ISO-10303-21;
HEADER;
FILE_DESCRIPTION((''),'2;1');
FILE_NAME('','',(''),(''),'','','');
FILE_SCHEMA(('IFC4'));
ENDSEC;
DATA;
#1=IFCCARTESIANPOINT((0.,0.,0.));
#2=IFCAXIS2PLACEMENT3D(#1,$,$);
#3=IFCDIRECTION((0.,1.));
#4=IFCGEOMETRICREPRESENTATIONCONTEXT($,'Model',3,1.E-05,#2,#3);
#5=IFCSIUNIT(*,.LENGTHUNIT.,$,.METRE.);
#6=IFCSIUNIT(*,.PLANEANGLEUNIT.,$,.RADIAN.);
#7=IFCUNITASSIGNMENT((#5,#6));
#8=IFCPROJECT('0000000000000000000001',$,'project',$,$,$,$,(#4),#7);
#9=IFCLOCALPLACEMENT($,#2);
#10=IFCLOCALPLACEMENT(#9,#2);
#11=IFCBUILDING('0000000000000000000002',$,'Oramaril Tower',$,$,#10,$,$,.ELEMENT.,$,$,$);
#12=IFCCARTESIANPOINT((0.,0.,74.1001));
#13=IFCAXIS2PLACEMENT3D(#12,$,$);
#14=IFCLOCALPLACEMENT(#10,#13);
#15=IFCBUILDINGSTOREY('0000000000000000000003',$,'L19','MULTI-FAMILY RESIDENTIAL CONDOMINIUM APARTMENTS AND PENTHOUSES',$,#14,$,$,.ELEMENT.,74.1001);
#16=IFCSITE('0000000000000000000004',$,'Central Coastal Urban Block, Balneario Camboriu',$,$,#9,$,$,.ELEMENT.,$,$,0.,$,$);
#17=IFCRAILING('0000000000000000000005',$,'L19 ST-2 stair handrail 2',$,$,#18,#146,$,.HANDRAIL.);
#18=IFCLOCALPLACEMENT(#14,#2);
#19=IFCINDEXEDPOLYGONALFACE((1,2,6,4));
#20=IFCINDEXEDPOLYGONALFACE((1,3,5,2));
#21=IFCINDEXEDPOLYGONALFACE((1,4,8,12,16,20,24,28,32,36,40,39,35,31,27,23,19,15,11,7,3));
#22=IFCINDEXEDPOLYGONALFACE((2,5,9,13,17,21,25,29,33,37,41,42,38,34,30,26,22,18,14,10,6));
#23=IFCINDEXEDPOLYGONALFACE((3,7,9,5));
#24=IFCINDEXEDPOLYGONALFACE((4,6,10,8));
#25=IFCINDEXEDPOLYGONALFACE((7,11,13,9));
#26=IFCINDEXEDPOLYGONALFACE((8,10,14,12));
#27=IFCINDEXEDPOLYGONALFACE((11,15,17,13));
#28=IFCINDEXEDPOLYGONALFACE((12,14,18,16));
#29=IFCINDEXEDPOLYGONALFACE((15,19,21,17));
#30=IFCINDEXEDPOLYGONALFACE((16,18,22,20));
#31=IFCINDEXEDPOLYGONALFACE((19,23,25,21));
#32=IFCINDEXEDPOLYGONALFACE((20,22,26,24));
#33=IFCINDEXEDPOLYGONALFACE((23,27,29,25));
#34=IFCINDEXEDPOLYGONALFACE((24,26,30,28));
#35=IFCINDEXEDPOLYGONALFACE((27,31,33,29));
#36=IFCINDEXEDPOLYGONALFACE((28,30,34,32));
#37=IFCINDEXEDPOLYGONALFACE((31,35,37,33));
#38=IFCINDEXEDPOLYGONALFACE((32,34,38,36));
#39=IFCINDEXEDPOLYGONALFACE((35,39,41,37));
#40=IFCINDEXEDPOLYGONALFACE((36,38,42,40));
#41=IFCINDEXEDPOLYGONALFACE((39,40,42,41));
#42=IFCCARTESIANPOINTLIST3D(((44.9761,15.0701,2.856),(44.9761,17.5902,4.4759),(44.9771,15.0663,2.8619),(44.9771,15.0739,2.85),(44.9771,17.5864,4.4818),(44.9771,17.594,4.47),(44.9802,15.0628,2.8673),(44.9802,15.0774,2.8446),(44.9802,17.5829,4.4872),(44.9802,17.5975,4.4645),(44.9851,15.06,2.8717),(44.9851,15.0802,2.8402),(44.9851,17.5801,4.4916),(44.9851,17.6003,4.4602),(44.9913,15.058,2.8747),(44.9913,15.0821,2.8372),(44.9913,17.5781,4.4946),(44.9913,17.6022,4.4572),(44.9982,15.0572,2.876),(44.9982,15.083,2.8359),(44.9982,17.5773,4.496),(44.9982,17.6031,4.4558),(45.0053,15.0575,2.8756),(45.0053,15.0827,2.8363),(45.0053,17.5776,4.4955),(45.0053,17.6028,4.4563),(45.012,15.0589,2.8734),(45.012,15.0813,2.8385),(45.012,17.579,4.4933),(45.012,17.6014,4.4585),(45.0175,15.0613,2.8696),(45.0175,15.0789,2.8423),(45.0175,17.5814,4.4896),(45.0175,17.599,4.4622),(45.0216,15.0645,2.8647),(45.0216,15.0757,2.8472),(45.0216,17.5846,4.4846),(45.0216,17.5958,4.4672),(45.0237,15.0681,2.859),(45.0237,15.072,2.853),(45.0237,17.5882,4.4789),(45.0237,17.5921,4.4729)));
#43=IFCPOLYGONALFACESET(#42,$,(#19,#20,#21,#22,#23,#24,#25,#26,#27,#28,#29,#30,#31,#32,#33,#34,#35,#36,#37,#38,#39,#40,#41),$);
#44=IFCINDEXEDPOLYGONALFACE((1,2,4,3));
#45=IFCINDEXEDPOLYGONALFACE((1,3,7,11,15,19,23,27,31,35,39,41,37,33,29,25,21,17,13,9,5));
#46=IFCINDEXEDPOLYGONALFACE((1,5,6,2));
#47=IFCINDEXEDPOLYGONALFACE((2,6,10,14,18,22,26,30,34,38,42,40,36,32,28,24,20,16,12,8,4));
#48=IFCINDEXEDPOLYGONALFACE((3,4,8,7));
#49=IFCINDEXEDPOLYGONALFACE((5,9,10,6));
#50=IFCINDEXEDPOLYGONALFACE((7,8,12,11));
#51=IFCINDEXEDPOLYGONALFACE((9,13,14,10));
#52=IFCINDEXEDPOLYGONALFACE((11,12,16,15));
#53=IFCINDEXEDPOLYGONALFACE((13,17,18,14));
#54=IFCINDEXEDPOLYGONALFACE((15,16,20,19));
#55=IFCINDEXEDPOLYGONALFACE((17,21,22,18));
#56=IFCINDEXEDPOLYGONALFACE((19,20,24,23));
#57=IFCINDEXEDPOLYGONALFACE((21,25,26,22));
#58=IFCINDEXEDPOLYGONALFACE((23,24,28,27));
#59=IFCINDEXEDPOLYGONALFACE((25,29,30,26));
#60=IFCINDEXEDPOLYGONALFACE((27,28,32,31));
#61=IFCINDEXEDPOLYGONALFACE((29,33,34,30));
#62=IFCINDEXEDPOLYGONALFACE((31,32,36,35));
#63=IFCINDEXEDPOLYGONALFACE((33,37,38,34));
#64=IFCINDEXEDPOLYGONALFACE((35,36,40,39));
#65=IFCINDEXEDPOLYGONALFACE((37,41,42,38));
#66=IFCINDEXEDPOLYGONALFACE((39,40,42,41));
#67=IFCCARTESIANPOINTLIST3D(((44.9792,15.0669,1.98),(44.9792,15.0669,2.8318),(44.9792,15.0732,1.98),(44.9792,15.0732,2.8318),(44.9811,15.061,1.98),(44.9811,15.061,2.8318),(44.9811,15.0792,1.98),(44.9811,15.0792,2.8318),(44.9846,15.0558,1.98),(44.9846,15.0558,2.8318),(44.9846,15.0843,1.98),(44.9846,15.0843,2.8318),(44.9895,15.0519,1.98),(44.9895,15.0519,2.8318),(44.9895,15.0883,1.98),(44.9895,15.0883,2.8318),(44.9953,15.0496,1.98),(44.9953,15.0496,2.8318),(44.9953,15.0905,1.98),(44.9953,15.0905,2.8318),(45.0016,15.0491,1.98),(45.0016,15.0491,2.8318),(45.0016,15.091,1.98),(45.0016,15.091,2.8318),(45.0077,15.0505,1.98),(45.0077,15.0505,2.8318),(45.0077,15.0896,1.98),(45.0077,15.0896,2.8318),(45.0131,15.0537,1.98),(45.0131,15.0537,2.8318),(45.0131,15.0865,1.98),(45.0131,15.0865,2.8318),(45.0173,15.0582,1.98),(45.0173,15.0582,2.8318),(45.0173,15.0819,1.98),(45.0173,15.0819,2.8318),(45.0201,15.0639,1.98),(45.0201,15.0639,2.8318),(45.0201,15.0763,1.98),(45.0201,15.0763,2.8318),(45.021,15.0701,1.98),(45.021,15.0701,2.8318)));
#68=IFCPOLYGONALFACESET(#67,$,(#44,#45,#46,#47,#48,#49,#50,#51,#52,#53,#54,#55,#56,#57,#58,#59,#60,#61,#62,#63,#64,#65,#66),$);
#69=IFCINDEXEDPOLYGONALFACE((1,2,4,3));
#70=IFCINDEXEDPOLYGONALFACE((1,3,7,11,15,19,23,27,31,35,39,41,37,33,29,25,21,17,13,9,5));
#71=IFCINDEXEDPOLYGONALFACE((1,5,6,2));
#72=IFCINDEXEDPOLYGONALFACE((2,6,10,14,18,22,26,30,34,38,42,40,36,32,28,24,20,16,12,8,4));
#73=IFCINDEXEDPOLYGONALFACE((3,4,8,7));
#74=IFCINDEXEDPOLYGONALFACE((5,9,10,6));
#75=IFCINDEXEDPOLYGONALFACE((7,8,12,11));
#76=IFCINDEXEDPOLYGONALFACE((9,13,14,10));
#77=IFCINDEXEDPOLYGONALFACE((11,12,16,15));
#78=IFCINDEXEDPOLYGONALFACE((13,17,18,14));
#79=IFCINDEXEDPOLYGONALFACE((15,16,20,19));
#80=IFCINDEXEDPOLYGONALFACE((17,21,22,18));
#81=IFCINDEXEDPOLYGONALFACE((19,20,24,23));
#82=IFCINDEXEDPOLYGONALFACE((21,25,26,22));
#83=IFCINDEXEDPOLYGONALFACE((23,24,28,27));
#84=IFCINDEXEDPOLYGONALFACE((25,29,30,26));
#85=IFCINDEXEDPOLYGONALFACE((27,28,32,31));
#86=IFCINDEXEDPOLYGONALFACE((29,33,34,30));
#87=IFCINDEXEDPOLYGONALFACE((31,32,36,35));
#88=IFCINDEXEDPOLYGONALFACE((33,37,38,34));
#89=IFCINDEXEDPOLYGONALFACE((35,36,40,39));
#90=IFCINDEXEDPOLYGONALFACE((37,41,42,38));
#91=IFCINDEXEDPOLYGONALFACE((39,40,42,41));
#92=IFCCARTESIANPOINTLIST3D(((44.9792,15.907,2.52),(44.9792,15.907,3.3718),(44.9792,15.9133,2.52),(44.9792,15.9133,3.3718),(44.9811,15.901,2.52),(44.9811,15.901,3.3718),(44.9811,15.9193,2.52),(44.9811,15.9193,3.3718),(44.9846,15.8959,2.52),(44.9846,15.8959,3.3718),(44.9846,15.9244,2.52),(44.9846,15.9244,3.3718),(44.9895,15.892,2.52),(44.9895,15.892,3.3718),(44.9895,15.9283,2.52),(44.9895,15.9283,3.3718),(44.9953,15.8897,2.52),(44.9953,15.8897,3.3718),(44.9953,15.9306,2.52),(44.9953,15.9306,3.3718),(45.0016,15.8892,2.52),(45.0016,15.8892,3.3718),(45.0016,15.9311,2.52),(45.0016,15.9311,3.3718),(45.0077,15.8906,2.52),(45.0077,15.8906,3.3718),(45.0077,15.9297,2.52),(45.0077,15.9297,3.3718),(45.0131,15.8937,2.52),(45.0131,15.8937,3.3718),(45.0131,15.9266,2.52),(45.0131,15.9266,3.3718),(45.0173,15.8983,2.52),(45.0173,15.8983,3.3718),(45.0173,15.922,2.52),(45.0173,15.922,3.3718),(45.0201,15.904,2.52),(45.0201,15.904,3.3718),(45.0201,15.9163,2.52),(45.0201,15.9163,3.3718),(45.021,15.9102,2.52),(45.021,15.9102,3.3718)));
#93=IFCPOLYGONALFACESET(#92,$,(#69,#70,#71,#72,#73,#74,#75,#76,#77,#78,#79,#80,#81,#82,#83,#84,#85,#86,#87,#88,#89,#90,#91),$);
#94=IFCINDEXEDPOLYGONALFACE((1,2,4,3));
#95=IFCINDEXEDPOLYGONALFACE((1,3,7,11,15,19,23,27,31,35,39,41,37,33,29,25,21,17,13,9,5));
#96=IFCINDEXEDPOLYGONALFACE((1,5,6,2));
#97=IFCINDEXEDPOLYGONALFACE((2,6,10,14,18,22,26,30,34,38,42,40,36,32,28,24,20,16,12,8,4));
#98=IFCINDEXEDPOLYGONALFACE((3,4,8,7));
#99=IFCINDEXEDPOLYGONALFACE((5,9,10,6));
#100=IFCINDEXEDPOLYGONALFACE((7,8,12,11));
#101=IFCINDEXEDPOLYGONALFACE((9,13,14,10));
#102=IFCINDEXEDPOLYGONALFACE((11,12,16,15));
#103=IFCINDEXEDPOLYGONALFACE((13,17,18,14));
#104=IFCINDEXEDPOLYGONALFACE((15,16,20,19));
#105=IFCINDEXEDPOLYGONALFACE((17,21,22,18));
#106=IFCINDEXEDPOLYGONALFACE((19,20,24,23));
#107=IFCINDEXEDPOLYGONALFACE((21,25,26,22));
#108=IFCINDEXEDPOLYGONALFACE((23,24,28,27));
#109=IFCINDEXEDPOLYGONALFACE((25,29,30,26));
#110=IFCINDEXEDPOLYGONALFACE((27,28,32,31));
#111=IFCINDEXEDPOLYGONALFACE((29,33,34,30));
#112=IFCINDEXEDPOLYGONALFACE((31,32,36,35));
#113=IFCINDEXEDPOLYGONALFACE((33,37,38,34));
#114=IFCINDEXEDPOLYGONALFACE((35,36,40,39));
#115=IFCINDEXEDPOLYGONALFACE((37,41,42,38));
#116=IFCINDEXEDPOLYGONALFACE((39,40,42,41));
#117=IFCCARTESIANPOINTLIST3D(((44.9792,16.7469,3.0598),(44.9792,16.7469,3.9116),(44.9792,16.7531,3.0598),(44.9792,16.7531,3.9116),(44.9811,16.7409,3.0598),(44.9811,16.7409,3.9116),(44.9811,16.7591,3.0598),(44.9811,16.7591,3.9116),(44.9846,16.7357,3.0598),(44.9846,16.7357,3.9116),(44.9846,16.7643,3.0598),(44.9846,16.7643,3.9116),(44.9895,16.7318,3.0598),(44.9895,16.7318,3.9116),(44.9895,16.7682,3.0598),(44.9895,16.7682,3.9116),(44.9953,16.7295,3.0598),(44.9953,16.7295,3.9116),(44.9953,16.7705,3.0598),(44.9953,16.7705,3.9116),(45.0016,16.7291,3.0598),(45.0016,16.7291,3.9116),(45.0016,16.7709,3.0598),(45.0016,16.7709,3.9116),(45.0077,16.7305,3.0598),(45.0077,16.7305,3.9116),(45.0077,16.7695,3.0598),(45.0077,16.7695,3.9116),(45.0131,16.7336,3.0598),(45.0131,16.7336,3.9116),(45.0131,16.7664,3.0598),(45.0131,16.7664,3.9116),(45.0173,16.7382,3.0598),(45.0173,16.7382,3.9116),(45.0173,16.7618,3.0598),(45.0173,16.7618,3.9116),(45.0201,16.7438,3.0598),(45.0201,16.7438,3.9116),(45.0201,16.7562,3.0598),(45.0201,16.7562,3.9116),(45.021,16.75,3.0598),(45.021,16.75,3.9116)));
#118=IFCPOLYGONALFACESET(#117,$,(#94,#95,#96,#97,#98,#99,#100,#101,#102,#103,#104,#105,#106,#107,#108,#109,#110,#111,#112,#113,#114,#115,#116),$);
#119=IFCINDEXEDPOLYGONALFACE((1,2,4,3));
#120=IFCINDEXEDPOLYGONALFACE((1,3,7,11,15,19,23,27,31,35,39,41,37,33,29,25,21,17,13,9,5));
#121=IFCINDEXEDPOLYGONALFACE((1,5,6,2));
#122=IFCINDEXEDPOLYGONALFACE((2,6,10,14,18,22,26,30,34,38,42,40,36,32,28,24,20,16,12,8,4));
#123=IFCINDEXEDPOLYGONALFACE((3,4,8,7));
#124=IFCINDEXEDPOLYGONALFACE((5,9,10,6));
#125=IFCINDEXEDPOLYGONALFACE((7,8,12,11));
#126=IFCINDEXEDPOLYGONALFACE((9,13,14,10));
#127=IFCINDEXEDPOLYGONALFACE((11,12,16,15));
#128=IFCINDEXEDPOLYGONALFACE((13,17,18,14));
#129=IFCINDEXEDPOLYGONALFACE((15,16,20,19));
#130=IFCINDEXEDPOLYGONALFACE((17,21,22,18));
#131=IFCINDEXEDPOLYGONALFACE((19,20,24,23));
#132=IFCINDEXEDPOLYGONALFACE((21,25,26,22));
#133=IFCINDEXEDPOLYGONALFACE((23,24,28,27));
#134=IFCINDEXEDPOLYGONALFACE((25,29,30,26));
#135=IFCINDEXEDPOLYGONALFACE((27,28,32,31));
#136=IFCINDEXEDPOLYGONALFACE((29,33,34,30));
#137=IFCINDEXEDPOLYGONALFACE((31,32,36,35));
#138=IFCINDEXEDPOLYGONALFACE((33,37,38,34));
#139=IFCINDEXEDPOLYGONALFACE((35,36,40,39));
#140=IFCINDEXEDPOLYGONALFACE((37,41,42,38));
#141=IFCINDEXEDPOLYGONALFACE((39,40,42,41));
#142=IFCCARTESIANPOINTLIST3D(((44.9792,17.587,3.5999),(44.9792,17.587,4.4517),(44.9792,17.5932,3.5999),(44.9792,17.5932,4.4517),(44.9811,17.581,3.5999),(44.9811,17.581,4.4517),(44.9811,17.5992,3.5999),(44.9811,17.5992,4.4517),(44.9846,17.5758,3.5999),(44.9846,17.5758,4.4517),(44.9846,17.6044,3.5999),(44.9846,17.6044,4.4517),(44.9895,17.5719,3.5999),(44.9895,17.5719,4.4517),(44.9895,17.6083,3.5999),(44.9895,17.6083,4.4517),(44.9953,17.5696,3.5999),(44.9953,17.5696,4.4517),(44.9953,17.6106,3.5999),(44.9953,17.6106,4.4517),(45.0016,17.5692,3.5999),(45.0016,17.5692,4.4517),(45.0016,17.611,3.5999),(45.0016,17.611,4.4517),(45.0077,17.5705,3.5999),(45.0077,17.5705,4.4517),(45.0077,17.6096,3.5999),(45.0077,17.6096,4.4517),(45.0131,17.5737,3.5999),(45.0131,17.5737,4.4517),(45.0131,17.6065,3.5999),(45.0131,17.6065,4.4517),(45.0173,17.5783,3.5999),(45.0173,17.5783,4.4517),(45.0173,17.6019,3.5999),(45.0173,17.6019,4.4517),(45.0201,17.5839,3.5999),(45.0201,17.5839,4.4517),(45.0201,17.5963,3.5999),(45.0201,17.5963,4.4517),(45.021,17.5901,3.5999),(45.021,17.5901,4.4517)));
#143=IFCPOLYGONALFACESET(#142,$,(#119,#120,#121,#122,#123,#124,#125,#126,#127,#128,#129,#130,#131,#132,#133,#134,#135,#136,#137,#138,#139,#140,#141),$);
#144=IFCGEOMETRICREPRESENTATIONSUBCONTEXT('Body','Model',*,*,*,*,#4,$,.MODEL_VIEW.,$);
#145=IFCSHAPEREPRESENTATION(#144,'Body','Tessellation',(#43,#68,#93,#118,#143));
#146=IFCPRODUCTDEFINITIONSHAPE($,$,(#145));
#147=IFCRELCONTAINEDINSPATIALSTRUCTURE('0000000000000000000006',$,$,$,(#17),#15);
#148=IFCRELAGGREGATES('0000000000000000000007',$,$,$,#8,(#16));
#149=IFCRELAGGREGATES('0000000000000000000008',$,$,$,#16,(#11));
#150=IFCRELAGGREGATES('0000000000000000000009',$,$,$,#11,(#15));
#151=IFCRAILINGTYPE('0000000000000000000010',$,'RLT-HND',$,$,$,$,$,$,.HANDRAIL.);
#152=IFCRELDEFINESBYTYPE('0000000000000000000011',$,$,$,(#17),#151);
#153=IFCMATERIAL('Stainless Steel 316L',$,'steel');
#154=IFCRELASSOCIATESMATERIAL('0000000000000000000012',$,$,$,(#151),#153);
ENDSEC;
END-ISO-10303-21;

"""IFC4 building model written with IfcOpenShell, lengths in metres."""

from ifc_helpers import new_model, si_unit, direction, frame, origin, origin_2d, place, context, subcontext, project, spatial, circle, extrude, material, type_object, element, save


model = new_model("IFC4")

# Units and contexts
model_context = context("Model", 3, precision=1e-05, world=origin(), true_north=direction((0.0, 1.0)))
body_context = subcontext(model_context, "Body", "Model", "MODEL_VIEW")
ifc_project = project(units=[si_unit("LENGTHUNIT", "METRE"), si_unit("PLANEANGLEUNIT", "RADIAN")], contexts=[model_context])

# Site, building, storey
site_placement = place(None, origin())
site = spatial("IfcSite", under=ifc_project, at=site_placement, Name="Central Coastal Urban Block, Balneario Camboriu", CompositionType="ELEMENT", RefElevation=0.0)
building_placement = place(site_placement, origin())
building = spatial("IfcBuilding", under=site, at=building_placement, Name="Oramaril Tower", CompositionType="ELEMENT")
storey_placement = place(building_placement, frame((0.0, 0.0, 74.1001)))
storey = spatial("IfcBuildingStorey", under=building, at=storey_placement, Name="L19", Description="MULTI-FAMILY RESIDENTIAL CONDOMINIUM APARTMENTS AND PENTHOUSES", CompositionType="ELEMENT", Elevation=74.1001)

# Railing
ifc_material_1 = material(Name="Stainless Steel 316L", Category="steel")
railing_type_1 = type_object("IfcRailingType", Name="RLT-HND", PredefinedType="HANDRAIL", material=ifc_material_1)
railing_1_placement = place(storey_placement, frame((45.0, 15.0701, 1.98)))
element("IfcRailing", 1, at=railing_1_placement, inside=storey, type_object=railing_type_1, Name="L19 ST-2 stair handrail 2", PredefinedType="HANDRAIL", context=body_context, shape_type="SweptSolid", body=[
    extrude(circle(Radius=0.0239, at=origin_2d()), frame((0.0, 0.0, 0.876), z_axis=(0.0, 0.8412, 0.540725), x_axis=(-1.0, 0.0, 0.0)), (0.0, 0.0, 1.0), 2.9958),
    extrude(circle(Radius=0.021, at=origin_2d()), origin(), (0.0, 0.0, 1.0), 0.8518),
    extrude(circle(Radius=0.021, at=origin_2d()), frame((0.0, 0.8401, 0.54)), (0.0, 0.0, 1.0), 0.8518),
    extrude(circle(Radius=0.021, at=origin_2d()), frame((0.0, 1.6799, 1.0798)), (0.0, 0.0, 1.0), 0.8518),
    extrude(circle(Radius=0.021, at=origin_2d()), frame((0.0, 2.52, 1.6199)), (0.0, 0.0, 1.0), 0.8518),
])

save(model, "model.ifc")
